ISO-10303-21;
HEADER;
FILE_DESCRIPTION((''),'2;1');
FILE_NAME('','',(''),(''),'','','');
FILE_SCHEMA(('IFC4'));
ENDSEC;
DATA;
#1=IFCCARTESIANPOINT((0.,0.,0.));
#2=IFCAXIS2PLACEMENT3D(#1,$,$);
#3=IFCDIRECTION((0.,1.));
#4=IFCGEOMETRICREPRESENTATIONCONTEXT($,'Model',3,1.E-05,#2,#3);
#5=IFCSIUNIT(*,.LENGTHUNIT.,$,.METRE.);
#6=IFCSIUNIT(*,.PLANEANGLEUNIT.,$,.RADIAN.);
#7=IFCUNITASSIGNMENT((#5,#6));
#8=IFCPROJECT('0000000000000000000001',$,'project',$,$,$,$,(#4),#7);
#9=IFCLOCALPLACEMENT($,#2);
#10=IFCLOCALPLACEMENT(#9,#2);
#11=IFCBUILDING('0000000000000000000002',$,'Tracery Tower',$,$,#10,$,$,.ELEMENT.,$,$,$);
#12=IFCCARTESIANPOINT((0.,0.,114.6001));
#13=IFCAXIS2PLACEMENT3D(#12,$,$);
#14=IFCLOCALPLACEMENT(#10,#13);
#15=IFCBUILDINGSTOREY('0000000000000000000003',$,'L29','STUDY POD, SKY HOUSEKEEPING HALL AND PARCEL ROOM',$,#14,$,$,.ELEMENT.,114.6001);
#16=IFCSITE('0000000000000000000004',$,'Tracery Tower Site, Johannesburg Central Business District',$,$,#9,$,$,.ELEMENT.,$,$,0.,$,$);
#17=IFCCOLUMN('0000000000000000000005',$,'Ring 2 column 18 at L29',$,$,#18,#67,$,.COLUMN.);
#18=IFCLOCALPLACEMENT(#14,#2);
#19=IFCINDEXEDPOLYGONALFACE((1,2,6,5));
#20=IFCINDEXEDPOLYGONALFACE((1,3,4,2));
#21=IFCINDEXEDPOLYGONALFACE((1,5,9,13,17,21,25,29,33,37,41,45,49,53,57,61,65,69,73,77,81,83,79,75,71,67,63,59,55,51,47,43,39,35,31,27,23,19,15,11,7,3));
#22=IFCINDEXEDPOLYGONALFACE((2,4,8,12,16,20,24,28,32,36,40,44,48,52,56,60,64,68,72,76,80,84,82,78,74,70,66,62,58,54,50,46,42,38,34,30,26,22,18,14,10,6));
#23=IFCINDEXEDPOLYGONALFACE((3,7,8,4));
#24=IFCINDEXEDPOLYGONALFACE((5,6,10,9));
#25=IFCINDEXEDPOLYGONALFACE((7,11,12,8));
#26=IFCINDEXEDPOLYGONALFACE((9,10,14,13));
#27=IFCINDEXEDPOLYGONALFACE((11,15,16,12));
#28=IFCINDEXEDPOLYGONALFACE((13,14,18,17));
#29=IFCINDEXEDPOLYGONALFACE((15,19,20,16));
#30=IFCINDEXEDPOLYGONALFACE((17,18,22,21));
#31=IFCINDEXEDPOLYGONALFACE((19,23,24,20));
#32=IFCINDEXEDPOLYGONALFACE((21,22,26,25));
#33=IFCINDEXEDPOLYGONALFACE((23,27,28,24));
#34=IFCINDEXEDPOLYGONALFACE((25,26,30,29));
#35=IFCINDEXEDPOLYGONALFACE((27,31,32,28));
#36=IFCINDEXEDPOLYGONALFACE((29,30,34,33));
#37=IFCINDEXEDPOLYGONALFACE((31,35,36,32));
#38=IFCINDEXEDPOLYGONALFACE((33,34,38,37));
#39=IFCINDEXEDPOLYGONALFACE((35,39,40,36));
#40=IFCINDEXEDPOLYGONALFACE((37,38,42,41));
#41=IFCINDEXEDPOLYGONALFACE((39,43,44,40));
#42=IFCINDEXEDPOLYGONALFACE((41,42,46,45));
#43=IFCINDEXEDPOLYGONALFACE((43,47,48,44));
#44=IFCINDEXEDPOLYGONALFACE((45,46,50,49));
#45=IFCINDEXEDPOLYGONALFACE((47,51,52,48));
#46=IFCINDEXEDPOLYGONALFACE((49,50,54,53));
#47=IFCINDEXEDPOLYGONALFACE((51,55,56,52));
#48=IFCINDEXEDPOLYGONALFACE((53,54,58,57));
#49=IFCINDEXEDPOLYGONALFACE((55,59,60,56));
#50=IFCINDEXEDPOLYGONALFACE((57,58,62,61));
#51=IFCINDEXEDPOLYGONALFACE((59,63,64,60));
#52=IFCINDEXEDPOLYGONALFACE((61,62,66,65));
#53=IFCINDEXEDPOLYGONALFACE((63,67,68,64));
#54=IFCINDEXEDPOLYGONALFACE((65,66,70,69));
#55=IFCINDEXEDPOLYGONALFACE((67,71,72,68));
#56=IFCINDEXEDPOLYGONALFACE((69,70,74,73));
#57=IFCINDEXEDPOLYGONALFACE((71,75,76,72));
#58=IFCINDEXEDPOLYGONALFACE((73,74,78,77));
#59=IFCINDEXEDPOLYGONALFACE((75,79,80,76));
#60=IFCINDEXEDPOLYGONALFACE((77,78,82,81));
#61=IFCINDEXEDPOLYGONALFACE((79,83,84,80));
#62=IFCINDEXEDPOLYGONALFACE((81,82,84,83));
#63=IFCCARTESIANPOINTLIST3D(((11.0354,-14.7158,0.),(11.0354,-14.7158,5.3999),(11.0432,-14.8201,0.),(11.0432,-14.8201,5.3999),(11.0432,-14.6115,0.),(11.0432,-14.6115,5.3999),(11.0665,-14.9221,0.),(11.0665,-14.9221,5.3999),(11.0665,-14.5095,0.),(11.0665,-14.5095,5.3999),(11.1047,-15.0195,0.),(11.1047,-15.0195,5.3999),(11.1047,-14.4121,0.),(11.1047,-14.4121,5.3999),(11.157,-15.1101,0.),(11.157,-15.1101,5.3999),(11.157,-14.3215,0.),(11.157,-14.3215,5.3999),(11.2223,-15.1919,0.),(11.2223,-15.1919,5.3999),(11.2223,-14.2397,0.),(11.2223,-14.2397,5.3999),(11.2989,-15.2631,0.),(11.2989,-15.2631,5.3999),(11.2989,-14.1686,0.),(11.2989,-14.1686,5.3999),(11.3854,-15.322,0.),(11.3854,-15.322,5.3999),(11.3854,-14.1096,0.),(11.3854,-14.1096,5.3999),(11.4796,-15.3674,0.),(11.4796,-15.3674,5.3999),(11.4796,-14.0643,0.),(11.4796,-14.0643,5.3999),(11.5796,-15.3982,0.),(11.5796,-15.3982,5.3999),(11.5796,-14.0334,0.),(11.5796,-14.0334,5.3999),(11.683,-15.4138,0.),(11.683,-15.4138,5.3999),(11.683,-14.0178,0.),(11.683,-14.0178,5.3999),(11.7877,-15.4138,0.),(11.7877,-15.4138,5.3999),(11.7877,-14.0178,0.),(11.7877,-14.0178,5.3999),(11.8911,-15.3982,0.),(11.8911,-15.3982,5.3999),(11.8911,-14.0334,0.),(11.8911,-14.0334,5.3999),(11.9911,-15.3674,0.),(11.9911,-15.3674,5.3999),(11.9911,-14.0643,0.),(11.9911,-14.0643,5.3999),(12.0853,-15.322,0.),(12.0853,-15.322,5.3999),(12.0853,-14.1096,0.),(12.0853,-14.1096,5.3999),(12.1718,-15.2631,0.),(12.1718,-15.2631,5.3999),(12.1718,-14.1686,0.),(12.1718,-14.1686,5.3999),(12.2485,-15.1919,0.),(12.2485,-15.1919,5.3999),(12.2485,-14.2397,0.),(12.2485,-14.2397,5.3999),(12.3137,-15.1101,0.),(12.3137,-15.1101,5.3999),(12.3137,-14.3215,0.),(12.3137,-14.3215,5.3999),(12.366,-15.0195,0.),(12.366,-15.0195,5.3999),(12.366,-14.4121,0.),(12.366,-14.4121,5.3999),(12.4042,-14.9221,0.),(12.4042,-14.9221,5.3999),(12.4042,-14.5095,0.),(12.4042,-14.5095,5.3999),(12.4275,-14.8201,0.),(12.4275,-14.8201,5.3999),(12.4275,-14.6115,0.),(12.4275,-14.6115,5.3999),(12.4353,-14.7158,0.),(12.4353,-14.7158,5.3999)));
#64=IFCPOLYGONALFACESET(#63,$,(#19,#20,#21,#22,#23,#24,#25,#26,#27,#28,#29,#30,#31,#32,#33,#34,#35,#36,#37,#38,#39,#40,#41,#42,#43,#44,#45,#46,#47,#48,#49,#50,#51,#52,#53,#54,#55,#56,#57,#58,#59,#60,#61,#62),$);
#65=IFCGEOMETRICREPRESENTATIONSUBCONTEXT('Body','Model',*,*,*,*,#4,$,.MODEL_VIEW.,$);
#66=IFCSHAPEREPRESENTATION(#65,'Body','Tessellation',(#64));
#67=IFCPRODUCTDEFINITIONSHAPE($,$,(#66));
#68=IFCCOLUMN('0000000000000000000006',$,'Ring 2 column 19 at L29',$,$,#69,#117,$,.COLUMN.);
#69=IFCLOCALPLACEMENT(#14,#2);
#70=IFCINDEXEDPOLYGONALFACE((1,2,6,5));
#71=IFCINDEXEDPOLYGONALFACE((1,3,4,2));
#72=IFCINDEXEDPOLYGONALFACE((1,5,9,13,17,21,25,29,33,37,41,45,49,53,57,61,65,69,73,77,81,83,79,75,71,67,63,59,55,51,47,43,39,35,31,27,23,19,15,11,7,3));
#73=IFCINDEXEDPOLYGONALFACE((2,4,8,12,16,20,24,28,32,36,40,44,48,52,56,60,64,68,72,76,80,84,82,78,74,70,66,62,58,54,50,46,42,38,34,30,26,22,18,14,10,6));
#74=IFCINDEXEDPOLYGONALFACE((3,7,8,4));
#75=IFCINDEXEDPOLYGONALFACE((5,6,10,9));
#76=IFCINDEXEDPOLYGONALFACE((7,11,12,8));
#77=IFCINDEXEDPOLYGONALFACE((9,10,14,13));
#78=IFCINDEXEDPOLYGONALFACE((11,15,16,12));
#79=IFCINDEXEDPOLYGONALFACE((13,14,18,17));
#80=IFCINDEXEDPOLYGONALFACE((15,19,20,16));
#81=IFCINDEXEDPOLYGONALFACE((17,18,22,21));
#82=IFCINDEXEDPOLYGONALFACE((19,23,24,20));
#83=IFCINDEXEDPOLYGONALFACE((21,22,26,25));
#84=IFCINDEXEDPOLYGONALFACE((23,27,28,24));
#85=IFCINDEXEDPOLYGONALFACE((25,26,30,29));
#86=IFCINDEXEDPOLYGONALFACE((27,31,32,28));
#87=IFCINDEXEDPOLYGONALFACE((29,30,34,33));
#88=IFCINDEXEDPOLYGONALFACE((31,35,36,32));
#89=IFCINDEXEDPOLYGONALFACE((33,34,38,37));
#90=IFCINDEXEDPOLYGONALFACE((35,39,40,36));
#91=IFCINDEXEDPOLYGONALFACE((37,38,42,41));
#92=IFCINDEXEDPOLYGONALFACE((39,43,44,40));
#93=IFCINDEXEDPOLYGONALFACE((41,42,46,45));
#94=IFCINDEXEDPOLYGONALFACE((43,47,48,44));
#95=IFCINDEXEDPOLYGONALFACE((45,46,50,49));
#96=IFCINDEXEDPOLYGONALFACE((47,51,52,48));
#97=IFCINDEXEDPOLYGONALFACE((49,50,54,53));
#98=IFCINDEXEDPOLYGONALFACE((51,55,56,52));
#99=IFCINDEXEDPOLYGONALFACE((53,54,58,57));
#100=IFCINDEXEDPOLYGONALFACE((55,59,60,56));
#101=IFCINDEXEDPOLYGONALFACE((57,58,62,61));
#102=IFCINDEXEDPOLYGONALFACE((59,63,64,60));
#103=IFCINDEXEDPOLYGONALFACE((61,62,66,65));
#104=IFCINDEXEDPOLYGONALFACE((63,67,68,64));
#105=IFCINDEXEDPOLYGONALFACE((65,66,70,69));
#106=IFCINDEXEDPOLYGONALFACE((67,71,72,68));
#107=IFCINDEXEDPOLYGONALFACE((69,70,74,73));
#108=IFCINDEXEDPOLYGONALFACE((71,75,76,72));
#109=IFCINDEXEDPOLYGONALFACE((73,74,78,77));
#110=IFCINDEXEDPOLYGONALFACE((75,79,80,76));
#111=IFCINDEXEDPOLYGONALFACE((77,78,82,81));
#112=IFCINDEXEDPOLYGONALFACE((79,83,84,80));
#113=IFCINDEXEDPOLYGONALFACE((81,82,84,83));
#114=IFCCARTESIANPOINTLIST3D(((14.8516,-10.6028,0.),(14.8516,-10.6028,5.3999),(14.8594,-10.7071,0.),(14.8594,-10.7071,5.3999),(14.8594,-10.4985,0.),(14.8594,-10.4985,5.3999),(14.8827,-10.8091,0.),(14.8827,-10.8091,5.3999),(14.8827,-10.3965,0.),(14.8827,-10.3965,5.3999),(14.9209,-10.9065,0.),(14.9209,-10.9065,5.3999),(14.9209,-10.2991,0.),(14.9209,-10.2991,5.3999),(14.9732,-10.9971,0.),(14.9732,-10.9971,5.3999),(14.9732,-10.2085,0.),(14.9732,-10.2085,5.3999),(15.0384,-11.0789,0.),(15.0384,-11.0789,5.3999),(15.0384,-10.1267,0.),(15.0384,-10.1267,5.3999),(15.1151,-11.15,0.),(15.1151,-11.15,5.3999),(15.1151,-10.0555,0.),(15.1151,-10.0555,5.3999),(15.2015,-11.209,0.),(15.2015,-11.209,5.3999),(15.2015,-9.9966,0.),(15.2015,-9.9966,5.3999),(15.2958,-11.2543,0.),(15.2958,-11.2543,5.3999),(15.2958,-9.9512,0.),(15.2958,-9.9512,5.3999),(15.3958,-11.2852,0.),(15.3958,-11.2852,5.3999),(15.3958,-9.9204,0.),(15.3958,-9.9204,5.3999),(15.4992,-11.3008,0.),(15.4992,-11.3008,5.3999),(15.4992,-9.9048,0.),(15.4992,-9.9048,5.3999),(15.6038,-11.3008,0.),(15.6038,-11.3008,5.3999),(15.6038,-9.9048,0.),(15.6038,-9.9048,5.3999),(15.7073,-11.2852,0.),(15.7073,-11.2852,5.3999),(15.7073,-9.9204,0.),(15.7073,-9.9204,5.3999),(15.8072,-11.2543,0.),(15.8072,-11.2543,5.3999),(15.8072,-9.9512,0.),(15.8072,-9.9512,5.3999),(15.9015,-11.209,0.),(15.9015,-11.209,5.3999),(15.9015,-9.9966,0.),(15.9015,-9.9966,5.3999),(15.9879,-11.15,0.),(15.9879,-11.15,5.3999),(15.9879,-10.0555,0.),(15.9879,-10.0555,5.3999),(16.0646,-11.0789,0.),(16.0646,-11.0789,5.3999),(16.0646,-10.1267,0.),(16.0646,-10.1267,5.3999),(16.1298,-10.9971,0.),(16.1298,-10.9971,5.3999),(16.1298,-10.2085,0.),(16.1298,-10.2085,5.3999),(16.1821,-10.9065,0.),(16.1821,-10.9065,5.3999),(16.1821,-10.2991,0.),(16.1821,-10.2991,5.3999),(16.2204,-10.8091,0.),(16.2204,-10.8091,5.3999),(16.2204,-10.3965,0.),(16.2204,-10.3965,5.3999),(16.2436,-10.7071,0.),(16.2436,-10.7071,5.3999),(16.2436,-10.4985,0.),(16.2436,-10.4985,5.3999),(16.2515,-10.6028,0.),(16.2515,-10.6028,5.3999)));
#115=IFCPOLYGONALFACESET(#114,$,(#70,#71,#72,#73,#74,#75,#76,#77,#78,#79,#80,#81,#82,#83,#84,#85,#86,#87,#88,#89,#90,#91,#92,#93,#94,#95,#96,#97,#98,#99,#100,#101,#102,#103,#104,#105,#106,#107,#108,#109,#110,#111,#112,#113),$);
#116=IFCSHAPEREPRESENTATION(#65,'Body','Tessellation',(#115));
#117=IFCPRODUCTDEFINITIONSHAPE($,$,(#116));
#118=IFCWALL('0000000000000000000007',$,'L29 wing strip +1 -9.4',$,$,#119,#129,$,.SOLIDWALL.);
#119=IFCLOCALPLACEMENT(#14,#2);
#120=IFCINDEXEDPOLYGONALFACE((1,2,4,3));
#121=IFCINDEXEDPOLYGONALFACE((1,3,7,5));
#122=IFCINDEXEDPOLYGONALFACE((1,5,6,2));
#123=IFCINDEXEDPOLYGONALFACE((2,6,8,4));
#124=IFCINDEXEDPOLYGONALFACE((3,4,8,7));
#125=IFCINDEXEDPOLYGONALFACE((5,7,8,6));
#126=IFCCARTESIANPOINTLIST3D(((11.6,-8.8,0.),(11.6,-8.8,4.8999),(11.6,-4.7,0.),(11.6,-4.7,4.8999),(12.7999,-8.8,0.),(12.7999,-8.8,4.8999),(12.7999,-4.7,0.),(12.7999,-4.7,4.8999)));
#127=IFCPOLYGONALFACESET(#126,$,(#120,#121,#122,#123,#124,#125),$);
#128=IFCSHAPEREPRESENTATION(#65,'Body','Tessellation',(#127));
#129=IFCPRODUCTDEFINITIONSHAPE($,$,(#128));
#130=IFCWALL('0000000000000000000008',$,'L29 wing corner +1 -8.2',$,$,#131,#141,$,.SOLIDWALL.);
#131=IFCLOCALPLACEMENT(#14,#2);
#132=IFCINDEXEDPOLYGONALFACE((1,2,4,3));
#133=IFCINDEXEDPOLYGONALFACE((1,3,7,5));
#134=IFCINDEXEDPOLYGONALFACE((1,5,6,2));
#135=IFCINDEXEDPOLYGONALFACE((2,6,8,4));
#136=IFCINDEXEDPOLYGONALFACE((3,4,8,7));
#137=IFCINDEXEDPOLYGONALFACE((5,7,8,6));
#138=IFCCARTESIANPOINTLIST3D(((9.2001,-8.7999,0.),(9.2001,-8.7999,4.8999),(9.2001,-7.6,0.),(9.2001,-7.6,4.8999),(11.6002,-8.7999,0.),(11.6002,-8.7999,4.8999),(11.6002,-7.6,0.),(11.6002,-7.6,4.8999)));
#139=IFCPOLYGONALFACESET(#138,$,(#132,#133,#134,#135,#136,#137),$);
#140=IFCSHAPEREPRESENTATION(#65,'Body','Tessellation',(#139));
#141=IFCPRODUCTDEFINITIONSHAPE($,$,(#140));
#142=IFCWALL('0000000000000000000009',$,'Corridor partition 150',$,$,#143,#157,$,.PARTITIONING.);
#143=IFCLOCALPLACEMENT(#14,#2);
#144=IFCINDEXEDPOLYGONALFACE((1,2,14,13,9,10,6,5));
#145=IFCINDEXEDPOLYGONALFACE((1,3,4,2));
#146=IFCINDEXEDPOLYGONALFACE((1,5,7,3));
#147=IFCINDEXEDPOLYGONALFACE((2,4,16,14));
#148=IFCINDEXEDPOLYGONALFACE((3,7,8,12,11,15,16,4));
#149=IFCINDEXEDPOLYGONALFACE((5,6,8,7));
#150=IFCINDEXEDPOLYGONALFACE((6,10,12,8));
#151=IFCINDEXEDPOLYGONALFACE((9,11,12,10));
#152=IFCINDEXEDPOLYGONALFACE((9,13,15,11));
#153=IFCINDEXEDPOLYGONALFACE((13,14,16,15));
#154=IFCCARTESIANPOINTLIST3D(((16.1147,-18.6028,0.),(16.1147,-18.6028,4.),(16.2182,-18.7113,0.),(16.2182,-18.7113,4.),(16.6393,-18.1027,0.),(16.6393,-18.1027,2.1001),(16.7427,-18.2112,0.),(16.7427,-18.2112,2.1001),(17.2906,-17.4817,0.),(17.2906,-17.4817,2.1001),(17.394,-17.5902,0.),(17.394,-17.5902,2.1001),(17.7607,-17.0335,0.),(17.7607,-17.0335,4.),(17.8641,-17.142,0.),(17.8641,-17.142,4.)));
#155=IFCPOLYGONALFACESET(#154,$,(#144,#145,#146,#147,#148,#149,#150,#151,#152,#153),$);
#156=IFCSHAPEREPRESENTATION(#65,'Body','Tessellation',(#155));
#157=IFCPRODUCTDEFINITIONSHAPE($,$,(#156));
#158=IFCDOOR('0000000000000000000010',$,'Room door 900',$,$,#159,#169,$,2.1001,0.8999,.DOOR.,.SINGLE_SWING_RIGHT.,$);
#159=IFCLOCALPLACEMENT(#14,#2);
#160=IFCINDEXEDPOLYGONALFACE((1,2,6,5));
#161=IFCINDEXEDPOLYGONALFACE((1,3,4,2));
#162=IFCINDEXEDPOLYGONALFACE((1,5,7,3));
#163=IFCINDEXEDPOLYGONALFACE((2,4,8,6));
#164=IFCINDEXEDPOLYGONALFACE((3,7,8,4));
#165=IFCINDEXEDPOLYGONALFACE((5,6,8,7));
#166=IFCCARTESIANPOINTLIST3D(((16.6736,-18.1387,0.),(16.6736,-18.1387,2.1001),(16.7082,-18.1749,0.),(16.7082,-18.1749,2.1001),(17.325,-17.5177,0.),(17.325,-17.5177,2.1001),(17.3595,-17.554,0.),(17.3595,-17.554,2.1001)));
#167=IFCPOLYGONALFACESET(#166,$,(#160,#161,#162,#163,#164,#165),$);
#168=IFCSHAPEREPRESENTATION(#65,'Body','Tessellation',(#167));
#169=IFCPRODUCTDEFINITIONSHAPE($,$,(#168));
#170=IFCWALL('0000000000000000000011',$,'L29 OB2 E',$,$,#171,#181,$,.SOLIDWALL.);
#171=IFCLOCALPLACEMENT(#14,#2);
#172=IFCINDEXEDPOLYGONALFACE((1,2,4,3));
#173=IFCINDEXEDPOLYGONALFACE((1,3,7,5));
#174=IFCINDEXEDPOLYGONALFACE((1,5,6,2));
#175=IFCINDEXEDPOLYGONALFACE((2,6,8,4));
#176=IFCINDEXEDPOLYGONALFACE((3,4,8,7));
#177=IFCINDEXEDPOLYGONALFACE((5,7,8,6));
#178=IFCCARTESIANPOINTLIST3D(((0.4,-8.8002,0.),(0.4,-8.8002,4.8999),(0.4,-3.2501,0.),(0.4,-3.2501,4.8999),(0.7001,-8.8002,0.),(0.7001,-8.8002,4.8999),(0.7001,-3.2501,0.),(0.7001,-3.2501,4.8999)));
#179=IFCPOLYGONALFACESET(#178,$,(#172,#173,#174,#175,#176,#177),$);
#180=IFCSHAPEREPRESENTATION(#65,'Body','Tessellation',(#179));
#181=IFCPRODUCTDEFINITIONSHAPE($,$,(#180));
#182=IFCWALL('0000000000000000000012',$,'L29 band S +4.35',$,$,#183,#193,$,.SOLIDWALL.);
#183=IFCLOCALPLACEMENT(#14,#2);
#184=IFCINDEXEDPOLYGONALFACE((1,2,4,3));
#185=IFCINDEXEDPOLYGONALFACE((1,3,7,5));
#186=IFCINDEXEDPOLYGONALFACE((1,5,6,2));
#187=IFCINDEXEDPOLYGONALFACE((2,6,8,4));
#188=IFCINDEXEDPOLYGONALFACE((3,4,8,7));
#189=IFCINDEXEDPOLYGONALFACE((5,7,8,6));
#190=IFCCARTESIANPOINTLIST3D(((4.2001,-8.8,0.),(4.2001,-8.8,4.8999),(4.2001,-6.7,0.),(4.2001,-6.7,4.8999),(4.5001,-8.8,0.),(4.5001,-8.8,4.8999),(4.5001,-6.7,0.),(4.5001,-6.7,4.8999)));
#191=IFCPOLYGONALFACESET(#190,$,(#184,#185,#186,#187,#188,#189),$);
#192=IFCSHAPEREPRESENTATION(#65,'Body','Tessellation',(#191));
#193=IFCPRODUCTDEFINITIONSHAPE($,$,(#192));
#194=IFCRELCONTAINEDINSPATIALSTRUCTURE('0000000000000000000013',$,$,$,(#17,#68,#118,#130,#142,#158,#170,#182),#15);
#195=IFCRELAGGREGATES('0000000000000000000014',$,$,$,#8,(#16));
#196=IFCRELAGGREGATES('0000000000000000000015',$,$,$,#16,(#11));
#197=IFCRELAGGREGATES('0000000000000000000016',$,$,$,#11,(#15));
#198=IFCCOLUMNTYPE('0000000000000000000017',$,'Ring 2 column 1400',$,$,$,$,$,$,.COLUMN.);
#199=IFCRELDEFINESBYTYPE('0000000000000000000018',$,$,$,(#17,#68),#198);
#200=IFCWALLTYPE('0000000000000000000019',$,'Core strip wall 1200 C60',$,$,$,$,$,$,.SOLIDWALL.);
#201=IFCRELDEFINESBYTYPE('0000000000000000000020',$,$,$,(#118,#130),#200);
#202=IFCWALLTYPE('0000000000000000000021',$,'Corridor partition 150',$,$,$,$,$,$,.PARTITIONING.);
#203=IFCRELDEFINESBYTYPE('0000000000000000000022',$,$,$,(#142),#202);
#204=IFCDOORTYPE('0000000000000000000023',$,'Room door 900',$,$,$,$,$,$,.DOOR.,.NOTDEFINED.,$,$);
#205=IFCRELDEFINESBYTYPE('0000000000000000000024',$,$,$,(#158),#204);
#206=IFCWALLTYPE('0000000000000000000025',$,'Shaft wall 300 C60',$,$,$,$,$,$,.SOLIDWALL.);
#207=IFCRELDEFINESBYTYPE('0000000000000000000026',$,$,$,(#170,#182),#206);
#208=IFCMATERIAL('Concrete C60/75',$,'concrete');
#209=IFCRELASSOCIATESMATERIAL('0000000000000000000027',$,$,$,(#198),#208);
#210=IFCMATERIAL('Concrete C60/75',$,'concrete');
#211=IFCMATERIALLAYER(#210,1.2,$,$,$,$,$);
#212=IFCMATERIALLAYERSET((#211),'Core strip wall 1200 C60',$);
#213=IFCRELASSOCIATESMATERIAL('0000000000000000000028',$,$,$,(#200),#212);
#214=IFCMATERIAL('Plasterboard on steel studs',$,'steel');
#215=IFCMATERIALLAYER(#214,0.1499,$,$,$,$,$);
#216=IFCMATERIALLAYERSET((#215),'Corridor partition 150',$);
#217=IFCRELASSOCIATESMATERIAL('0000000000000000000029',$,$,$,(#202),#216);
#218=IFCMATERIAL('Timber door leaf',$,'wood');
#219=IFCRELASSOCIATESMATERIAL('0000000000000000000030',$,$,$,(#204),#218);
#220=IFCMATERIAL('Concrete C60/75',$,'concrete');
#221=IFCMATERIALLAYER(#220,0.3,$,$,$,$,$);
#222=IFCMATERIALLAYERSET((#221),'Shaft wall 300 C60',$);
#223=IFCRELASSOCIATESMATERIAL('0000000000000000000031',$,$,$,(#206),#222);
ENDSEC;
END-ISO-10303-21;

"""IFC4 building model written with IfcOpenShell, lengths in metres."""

from ifc_helpers import new_model, si_unit, direction, frame, frame_2d, origin, origin_2d, place, context, subcontext, project, spatial, rectangle, circle, extrude, material, layer, layer_set, material_profile, profile_set, type_object, element, fill, save


model = new_model("IFC4")

# Units and contexts
model_context = context("Model", 3, precision=1e-05, world=origin(), true_north=direction((0.0, 1.0)))
body_context = subcontext(model_context, "Body", "Model", "MODEL_VIEW")
ifc_project = project(units=[si_unit("LENGTHUNIT", "METRE"), si_unit("PLANEANGLEUNIT", "RADIAN")], contexts=[model_context])

# Site, building, storey
site_placement = place(None, origin())
site = spatial("IfcSite", under=ifc_project, at=site_placement, Name="Tracery Tower Site, Johannesburg Central Business District", CompositionType="ELEMENT", RefElevation=0.0)
building_placement = place(site_placement, origin())
building = spatial("IfcBuilding", under=site, at=building_placement, Name="Tracery Tower", CompositionType="ELEMENT")
storey_placement = place(building_placement, frame((0.0, 0.0, 114.6001)))
storey = spatial("IfcBuildingStorey", under=building, at=storey_placement, Name="L29", Description="STUDY POD, SKY HOUSEKEEPING HALL AND PARCEL ROOM", CompositionType="ELEMENT", Elevation=114.6001)

# Columns
ifc_material_1 = material(Name="Concrete C60/75", Category="concrete")
ifc_material_profile_1 = material_profile(ifc_material_1, circle(Radius=0.7, at=origin_2d()), Name="RC D1400")
ifc_profile_set_1 = profile_set([ifc_material_profile_1], Name="Concrete C60/75")
column_type_1 = type_object("IfcColumnType", Name="Ring 2 column 1400", PredefinedType="COLUMN", material=ifc_profile_set_1)
for number, where, z_axis, x_axis, name in (
    (1, (11.7354, -14.7158, 0.0), (0.0, 0.0, 1.0), (1.0, 0.0, 0.0), "Ring 2 column 18 at L29"),
    (2, (15.5515, -10.6028, 0.0), (0.0, 0.0, 1.0), (1.0, 0.0, 0.0), "Ring 2 column 19 at L29"),
):
    element("IfcColumn", number, at=place(storey_placement, frame(where, z_axis=z_axis, x_axis=x_axis)), inside=storey, type_object=column_type_1, Name=name, PredefinedType="COLUMN", context=body_context, shape_type="SweptSolid", body=[
        extrude(circle(Radius=0.7, at=origin_2d()), origin(), (0.0, 0.0, 1.0), 5.3999),
    ])

# Walls
ifc_material_2 = material(Name="Concrete C60/75", Category="concrete")
ifc_layer_1 = layer(ifc_material_2, 1.2)
ifc_layer_set_1 = layer_set([ifc_layer_1], Name="Core strip wall 1200 C60")
wall_type_1 = type_object("IfcWallType", Name="Core strip wall 1200 C60", PredefinedType="SOLIDWALL", material=ifc_layer_set_1)
wall_1_placement = place(storey_placement, frame((12.2, -8.8, 0.0), z_axis=(0.0, 0.0, 1.0), x_axis=(0.0, 1.0, 0.0)))
element("IfcWall", 3, at=wall_1_placement, inside=storey, type_object=wall_type_1, Name="L29 wing strip +1 -9.4", PredefinedType="SOLIDWALL", context=body_context, shape_type="SweptSolid", body=[
    extrude(rectangle(XDim=4.1001, YDim=1.2, at=frame_2d((2.05, 0.0))), origin(), (0.0, 0.0, 1.0), 4.8999),
])
wall_2_placement = place(storey_placement, frame((9.2, -8.2, 0.0), z_axis=(0.0, 0.0, 1.0), x_axis=(1.0, 0.0, 0.0)))
element("IfcWall", 4, at=wall_2_placement, inside=storey, type_object=wall_type_1, Name="L29 wing corner +1 -8.2", PredefinedType="SOLIDWALL", context=body_context, shape_type="SweptSolid", body=[
    extrude(rectangle(XDim=2.4001, YDim=1.2, at=frame_2d((1.2002, 0.0))), origin(), (0.0, 0.0, 1.0), 4.8999),
])

# Wall, opening, door
ifc_material_3 = material(Name="Plasterboard on steel studs", Category="steel")
ifc_layer_2 = layer(ifc_material_3, 0.1499)
ifc_layer_set_2 = layer_set([ifc_layer_2], Name="Corridor partition 150")
wall_type_2 = type_object("IfcWallType", Name="Corridor partition 150", PredefinedType="PARTITIONING", material=ifc_layer_set_2)
wall_3_placement = place(storey_placement, frame((17.8125, -17.0876, 0.0), z_axis=(0.0, 0.0, 1.0), x_axis=(-0.72376, -0.690052, 0.0)))
wall_3 = element("IfcWall", 5, at=wall_3_placement, inside=storey, type_object=wall_type_2, Name="Corridor partition 150", PredefinedType="PARTITIONING", context=body_context, shape_type="SweptSolid", body=[
    extrude(rectangle(XDim=2.2742, YDim=0.1499, at=frame_2d((1.1372, 0.0))), origin(), (0.0, 0.0, 1.0), 4.0),
])
opening_1_placement = place(wall_3_placement, frame((0.6497, 0.0, 0.0)))
opening_1 = element("IfcOpeningElement", 6, at=opening_1_placement, cuts=wall_3, PredefinedType="OPENING", context=body_context, shape_type="SweptSolid", body=[
    extrude(rectangle(XDim=0.8999, YDim=2.1001, at=frame_2d((0.45, 1.05))), frame((0.0, 0.075, 0.0), z_axis=(0.0, -1.0, 0.0), x_axis=(1.0, 0.0, 0.0)), (0.0, 0.0, 1.0), 0.1499),
])
ifc_material_4 = material(Name="Timber door leaf", Category="wood")
door_type_1 = type_object("IfcDoorType", Name="Room door 900", OperationType="NOTDEFINED", PredefinedType="DOOR", material=ifc_material_4)
door_1_placement = place(opening_1_placement, origin())
door_1 = element("IfcDoor", 7, at=door_1_placement, inside=storey, type_object=door_type_1, Name="Room door 900", OperationType="SINGLE_SWING_RIGHT", OverallHeight=2.1001, OverallWidth=0.8999, PredefinedType="DOOR", context=body_context, shape_type="SweptSolid", body=[
    extrude(rectangle(XDim=0.8999, YDim=2.1001, at=frame_2d((0.45, 1.05))), frame((0.0, 0.0249, 0.0), z_axis=(0.0, -1.0, 0.0), x_axis=(1.0, 0.0, 0.0)), (0.0, 0.0, 1.0), 0.05),
])
fill(opening_1, door_1)

# Walls
ifc_material_5 = material(Name="Concrete C60/75", Category="concrete")
ifc_layer_3 = layer(ifc_material_5, 0.3)
ifc_layer_set_3 = layer_set([ifc_layer_3], Name="Shaft wall 300 C60")
wall_type_3 = type_object("IfcWallType", Name="Shaft wall 300 C60", PredefinedType="SOLIDWALL", material=ifc_layer_set_3)
wall_4_placement = place(storey_placement, frame((0.55, -8.8, 0.0), z_axis=(0.0, 0.0, 1.0), x_axis=(0.0, 1.0, 0.0)))
element("IfcWall", 8, at=wall_4_placement, inside=storey, type_object=wall_type_3, Name="L29 OB2 E", PredefinedType="SOLIDWALL", context=body_context, shape_type="SweptSolid", body=[
    extrude(rectangle(XDim=5.55, YDim=0.3, at=frame_2d((2.7749, 0.0))), origin(), (0.0, 0.0, 1.0), 4.8999),
])
wall_5_placement = place(storey_placement, frame((4.3501, -8.8, 0.0), z_axis=(0.0, 0.0, 1.0), x_axis=(0.0, 1.0, 0.0)))
element("IfcWall", 9, at=wall_5_placement, inside=storey, type_object=wall_type_3, Name="L29 band S +4.35", PredefinedType="SOLIDWALL", context=body_context, shape_type="SweptSolid", body=[
    extrude(rectangle(XDim=2.1001, YDim=0.3, at=frame_2d((1.05, 0.0))), origin(), (0.0, 0.0, 1.0), 4.8999),
])

save(model, "model.ifc")
